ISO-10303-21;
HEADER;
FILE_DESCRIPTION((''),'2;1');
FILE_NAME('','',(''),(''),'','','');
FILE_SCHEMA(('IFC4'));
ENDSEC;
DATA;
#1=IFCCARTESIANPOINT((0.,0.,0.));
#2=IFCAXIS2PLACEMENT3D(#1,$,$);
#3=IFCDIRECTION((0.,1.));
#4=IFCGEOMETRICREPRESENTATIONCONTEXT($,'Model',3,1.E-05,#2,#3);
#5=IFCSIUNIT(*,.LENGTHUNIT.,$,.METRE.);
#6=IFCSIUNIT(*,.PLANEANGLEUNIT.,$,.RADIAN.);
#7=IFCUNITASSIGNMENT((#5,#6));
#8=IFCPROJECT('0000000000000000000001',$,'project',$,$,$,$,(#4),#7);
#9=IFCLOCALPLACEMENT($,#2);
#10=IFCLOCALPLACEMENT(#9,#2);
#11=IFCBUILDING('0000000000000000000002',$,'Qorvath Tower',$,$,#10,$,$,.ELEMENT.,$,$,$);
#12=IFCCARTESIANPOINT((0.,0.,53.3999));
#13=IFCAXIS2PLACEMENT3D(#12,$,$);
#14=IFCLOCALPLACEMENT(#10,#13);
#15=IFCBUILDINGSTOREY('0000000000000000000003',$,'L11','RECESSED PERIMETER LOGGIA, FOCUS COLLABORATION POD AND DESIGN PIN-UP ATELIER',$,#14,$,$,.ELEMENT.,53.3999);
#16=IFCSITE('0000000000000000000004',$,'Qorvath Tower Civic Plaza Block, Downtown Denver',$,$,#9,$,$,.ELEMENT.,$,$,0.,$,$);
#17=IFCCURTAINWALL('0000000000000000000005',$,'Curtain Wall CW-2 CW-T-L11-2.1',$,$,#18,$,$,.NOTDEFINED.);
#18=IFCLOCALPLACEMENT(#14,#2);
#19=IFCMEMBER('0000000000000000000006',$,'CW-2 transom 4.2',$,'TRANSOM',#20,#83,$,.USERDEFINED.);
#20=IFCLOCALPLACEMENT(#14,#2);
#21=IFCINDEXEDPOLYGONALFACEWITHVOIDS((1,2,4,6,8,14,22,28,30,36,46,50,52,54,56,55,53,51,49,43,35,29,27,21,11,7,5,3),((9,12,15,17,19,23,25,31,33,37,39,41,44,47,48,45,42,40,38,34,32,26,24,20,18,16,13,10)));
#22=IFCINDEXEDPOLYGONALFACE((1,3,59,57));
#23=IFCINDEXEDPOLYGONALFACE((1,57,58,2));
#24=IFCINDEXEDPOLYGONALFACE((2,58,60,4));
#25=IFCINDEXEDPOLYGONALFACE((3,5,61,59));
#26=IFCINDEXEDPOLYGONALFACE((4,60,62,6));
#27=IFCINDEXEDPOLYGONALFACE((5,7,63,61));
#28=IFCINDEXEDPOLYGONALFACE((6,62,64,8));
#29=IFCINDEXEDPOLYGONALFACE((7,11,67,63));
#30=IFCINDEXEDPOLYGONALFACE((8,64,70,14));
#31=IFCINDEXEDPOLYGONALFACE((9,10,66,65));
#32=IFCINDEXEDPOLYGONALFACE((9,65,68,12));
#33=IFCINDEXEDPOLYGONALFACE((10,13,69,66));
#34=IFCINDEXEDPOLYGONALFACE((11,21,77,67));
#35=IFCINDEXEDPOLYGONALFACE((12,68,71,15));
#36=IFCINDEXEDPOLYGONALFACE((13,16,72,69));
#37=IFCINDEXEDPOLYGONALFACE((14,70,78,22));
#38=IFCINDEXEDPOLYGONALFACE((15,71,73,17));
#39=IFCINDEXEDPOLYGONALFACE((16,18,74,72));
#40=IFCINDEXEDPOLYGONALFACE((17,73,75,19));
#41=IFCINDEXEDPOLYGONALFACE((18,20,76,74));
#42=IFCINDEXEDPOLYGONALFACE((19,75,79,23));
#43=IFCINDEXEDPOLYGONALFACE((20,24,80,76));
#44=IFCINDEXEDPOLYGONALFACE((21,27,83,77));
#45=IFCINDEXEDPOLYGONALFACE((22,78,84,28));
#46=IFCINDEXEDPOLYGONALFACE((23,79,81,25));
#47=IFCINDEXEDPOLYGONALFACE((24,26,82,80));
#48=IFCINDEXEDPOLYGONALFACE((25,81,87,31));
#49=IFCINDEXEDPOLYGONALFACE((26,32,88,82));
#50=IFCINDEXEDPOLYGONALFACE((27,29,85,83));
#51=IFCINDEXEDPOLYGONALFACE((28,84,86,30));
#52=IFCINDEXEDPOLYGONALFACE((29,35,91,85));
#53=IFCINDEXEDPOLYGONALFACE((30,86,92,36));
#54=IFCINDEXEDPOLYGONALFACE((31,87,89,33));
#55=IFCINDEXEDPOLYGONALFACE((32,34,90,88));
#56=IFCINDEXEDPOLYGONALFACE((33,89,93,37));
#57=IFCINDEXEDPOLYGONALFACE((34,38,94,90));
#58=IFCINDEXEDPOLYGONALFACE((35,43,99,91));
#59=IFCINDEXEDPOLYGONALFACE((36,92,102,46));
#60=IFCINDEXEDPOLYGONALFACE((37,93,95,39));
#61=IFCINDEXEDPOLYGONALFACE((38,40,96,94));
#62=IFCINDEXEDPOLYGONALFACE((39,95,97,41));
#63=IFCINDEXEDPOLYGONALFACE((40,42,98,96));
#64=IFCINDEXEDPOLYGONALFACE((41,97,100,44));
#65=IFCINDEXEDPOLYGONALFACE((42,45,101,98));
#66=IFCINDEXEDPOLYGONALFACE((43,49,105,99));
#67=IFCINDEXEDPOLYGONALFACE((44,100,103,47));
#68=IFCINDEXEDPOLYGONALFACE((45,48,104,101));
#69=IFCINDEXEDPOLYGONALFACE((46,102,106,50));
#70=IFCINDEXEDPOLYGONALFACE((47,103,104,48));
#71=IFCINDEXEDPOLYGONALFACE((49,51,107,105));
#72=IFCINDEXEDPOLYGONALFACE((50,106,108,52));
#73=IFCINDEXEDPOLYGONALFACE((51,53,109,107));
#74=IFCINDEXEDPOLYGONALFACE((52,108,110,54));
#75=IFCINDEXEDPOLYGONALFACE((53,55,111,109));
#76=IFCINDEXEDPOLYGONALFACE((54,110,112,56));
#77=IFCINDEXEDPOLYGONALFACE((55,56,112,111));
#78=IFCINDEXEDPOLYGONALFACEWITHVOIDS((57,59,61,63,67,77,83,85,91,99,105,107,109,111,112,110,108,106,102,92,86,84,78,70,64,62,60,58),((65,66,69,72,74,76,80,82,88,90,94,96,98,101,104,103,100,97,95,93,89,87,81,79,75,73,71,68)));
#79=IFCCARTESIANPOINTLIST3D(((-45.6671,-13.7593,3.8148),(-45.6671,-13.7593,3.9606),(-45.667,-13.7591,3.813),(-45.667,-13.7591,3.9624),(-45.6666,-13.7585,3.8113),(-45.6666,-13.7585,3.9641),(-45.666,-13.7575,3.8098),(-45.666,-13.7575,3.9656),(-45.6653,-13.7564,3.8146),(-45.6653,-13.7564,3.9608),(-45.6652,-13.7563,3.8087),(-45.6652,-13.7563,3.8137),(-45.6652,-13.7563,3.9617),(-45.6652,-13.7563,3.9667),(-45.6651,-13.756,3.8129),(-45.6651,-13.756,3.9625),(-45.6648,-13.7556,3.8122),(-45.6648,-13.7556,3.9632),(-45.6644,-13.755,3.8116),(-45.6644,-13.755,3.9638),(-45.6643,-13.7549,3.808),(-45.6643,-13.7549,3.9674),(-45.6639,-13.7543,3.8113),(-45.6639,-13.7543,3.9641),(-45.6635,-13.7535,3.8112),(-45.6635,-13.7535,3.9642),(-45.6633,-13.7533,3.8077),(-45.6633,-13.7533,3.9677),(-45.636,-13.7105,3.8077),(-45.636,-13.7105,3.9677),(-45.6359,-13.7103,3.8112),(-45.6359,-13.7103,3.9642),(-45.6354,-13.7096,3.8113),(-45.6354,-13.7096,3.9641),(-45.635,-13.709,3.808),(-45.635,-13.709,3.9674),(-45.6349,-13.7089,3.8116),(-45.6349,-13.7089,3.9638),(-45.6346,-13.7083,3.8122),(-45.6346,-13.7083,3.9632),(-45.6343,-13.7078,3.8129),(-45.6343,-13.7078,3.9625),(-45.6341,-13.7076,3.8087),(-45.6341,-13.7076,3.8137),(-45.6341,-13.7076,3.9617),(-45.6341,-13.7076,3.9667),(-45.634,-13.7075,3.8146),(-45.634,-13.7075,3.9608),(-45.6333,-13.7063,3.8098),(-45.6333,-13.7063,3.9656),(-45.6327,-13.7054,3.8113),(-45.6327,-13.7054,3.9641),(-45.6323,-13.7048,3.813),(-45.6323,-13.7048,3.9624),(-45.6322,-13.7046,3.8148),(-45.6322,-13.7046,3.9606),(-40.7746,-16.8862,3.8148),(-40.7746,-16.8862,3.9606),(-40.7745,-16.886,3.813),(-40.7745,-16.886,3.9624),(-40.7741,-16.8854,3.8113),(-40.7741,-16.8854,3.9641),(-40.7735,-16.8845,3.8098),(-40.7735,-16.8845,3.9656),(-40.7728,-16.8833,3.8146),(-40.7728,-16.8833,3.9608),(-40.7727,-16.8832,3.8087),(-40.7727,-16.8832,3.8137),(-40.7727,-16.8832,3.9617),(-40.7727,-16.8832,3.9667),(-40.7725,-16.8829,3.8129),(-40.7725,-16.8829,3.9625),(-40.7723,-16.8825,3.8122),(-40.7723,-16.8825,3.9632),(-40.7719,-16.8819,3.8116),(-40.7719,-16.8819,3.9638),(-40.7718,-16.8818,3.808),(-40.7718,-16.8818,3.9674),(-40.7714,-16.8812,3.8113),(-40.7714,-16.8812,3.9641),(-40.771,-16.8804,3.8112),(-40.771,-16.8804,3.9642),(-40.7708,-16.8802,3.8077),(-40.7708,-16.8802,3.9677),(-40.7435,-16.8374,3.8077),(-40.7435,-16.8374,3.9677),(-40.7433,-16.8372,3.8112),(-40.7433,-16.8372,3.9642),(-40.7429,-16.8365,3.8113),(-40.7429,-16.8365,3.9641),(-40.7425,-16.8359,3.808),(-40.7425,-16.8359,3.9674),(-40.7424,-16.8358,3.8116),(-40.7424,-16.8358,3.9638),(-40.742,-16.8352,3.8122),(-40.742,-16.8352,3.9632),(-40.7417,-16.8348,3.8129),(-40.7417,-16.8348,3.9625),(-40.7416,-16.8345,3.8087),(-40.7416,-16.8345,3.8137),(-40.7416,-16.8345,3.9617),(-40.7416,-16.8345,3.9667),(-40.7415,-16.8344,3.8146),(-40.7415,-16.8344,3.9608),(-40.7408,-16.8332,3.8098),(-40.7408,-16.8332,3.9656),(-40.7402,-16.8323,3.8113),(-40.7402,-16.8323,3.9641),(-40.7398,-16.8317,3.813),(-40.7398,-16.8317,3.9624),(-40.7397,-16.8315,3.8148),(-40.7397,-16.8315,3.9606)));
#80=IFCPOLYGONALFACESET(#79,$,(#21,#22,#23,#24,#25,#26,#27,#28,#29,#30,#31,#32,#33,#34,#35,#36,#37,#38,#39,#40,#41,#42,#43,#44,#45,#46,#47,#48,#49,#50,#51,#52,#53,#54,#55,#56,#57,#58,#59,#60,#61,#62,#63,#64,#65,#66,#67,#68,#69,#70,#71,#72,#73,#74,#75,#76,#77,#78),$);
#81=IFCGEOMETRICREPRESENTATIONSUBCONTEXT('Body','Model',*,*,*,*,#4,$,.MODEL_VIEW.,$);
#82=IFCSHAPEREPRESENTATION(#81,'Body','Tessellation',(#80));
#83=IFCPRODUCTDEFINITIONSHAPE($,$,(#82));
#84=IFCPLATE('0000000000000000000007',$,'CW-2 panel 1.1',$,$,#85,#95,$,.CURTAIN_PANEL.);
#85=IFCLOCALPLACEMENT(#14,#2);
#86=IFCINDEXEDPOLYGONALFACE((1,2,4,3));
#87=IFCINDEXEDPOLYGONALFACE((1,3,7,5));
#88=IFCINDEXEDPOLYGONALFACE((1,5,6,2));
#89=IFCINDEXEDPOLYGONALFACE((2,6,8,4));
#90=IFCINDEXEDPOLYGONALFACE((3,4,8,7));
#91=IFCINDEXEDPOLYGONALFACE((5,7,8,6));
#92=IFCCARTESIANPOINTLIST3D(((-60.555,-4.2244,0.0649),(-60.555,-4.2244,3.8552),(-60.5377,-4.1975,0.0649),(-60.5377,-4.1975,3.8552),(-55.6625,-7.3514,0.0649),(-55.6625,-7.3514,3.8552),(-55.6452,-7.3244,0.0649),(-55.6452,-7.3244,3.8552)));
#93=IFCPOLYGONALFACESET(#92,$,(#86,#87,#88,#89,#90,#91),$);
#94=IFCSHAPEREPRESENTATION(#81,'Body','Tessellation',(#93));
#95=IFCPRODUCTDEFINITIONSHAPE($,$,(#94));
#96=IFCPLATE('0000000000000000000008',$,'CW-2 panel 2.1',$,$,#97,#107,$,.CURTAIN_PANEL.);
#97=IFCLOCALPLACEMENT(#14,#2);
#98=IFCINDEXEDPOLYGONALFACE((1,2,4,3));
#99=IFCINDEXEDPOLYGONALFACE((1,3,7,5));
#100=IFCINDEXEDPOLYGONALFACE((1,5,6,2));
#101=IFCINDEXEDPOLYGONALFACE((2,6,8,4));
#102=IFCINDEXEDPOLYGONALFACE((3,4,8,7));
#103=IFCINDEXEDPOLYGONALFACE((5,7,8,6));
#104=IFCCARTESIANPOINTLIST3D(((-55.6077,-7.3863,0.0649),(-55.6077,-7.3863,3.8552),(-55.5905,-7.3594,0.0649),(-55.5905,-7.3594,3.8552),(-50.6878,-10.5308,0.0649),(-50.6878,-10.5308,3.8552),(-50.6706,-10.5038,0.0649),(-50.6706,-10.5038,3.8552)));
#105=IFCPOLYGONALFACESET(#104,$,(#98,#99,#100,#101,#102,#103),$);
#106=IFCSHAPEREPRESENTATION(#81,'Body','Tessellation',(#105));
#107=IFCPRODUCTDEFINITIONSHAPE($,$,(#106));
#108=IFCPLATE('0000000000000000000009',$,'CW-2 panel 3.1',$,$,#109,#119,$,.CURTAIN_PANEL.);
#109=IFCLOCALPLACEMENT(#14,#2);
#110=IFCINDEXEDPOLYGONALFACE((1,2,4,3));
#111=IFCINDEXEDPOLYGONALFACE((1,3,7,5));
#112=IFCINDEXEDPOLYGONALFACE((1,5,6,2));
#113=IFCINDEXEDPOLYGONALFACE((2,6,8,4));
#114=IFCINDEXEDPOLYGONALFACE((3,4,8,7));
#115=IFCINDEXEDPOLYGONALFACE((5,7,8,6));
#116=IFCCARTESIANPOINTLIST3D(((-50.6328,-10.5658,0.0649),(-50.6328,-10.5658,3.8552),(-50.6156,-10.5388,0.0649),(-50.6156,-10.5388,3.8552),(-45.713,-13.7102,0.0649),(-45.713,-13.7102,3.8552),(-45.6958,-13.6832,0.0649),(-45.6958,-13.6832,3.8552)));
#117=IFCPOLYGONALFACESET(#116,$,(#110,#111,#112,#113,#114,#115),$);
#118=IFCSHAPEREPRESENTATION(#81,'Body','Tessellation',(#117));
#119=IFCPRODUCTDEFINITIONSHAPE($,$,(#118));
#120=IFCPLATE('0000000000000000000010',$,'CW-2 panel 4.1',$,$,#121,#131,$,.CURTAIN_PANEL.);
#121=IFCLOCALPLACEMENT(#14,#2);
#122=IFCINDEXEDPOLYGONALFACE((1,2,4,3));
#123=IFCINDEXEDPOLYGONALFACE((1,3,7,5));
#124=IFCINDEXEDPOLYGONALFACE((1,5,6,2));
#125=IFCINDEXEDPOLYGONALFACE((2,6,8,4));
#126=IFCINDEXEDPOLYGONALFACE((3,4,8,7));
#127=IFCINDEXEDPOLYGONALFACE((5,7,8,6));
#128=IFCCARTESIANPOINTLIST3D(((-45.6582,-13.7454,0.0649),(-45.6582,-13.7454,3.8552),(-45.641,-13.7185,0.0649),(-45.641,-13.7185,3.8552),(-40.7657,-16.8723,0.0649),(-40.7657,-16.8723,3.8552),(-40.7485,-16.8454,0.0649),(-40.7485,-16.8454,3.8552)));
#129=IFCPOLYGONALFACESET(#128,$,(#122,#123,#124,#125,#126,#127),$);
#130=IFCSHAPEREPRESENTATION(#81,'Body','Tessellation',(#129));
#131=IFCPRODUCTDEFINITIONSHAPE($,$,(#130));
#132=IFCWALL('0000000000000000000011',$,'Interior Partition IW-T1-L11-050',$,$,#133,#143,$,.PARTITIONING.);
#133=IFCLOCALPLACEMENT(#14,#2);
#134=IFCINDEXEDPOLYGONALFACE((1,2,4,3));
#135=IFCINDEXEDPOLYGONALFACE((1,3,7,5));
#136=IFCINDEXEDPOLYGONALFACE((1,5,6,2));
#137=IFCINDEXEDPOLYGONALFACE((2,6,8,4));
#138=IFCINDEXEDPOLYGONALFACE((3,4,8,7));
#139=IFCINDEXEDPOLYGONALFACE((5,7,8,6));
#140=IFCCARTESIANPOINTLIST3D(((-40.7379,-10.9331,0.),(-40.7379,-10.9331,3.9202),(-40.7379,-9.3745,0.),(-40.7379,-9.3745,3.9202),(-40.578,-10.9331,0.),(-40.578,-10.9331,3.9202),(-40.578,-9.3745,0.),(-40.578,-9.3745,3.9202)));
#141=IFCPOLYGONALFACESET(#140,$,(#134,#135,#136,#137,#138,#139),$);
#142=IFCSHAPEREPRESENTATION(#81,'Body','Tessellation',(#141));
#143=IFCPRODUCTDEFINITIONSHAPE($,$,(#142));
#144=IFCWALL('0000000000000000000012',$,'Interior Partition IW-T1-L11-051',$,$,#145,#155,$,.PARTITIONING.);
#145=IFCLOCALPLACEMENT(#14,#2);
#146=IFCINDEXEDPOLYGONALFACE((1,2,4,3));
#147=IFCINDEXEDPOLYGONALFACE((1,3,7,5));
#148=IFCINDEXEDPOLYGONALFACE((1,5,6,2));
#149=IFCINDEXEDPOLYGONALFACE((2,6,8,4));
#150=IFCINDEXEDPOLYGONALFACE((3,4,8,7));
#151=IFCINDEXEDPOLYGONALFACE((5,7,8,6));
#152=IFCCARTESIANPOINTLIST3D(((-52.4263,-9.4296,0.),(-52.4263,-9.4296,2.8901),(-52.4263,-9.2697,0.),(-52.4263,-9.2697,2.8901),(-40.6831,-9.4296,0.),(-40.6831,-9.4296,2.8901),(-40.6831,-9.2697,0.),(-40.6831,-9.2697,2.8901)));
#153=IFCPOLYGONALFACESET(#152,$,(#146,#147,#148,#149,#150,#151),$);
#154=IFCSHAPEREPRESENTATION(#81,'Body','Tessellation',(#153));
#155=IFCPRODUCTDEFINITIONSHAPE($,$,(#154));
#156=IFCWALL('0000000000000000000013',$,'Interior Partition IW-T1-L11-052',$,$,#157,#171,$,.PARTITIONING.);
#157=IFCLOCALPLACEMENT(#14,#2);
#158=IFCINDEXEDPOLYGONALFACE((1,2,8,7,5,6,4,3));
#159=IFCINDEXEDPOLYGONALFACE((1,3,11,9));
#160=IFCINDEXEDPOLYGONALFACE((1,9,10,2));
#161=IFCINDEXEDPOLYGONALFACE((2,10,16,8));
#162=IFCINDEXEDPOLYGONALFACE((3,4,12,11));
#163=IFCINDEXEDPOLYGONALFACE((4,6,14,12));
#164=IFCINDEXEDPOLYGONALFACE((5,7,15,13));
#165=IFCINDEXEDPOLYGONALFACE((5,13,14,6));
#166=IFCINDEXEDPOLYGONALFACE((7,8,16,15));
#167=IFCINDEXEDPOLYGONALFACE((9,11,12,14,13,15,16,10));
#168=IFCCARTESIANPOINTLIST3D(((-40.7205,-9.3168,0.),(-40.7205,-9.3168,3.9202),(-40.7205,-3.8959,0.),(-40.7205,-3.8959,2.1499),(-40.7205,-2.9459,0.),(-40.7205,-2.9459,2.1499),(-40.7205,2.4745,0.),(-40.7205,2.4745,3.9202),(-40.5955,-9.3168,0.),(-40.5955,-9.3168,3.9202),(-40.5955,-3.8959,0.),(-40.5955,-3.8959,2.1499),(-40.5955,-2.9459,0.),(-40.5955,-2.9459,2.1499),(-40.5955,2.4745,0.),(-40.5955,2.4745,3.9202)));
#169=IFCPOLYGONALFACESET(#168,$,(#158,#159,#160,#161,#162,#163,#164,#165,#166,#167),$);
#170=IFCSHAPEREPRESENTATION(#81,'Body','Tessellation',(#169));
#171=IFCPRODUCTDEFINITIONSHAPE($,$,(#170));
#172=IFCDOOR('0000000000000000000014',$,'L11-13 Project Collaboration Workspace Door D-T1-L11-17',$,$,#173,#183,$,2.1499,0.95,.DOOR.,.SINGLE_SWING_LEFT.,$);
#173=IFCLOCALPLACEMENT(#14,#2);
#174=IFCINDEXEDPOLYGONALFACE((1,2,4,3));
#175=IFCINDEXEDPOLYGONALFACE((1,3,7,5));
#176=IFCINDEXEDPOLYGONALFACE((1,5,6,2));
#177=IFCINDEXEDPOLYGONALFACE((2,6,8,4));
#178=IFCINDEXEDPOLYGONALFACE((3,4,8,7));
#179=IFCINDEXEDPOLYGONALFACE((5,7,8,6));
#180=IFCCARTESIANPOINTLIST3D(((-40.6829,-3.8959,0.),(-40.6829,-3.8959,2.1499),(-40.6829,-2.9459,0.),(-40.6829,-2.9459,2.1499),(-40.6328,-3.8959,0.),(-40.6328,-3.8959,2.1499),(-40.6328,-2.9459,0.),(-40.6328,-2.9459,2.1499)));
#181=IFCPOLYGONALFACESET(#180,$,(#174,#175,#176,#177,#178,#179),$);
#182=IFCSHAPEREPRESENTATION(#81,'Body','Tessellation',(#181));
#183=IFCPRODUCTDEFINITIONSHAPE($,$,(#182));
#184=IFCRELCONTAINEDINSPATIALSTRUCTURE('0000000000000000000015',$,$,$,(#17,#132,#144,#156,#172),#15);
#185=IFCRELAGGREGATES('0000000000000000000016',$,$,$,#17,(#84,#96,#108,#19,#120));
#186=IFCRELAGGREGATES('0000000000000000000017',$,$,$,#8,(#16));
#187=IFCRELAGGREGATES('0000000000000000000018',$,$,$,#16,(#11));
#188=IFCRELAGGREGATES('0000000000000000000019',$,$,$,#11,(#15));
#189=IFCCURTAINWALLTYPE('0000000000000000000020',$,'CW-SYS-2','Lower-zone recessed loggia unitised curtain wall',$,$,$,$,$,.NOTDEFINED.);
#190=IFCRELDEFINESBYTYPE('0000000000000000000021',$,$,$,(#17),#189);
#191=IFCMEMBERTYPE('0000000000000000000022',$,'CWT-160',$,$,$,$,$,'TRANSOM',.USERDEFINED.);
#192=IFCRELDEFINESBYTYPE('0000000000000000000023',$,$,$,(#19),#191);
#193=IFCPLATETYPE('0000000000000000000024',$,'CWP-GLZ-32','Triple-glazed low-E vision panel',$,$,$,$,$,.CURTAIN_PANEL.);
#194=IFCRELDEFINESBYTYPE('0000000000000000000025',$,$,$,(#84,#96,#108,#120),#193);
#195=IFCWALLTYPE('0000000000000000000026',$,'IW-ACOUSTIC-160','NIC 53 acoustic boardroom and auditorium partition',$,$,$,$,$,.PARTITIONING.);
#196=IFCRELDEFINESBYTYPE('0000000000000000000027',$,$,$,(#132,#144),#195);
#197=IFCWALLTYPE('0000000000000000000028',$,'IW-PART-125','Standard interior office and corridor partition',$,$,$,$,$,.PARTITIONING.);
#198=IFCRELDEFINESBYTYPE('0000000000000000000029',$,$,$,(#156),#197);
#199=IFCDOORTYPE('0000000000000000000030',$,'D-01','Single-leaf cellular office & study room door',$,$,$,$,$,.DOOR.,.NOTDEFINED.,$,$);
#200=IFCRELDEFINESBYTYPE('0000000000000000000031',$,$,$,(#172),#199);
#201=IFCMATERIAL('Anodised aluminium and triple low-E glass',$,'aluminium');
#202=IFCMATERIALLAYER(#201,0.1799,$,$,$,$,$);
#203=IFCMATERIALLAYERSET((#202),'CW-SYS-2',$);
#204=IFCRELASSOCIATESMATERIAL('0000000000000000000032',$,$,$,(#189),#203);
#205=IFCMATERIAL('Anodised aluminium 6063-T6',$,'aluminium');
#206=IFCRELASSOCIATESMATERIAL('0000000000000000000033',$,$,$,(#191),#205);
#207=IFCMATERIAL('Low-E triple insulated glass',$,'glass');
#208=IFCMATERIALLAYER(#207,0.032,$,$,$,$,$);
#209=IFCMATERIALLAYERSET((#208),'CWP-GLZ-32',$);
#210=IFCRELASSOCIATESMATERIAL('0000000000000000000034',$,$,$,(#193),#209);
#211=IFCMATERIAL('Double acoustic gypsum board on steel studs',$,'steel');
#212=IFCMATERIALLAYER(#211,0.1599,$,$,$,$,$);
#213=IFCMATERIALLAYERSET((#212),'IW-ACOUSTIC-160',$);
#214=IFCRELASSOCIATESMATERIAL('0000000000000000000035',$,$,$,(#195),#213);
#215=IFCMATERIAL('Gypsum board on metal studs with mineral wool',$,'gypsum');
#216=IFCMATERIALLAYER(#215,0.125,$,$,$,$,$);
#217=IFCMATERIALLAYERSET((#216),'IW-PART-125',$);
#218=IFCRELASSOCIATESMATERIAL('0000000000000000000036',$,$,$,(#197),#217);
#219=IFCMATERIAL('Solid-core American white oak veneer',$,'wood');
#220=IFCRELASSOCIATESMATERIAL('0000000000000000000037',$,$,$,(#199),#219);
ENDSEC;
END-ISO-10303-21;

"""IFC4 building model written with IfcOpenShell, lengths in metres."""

from ifc_helpers import new_model, si_unit, direction, frame, frame_2d, origin, origin_2d, place, context, subcontext, project, spatial, rectangle, hollow_rectangle, extrude, material, layer, layer_set, material_profile, profile_set, type_object, element, fill, aggregate, save


model = new_model("IFC4")

# Units and contexts
model_context = context("Model", 3, precision=1e-05, world=origin(), true_north=direction((0.0, 1.0)))
body_context = subcontext(model_context, "Body", "Model", "MODEL_VIEW")
ifc_project = project(units=[si_unit("LENGTHUNIT", "METRE"), si_unit("PLANEANGLEUNIT", "RADIAN")], contexts=[model_context])

# Site, building, storey
site_placement = place(None, origin())
site = spatial("IfcSite", under=ifc_project, at=site_placement, Name="Qorvath Tower Civic Plaza Block, Downtown Denver", CompositionType="ELEMENT", RefElevation=0.0)
building_placement = place(site_placement, origin())
building = spatial("IfcBuilding", under=site, at=building_placement, Name="Qorvath Tower", CompositionType="ELEMENT")
storey_placement = place(building_placement, frame((0.0, 0.0, 53.3999)))
storey = spatial("IfcBuildingStorey", under=building, at=storey_placement, Name="L11", Description="RECESSED PERIMETER LOGGIA, FOCUS COLLABORATION POD AND DESIGN PIN-UP ATELIER", CompositionType="ELEMENT", Elevation=53.3999)

# Curtain wall
ifc_material_1 = material(Name="Anodised aluminium and triple low-E glass", Category="aluminium")
ifc_layer_1 = layer(ifc_material_1, 0.1799)
ifc_layer_set_1 = layer_set([ifc_layer_1], Name="CW-SYS-2")
curtain_wall_type = type_object("IfcCurtainWallType", Name="CW-SYS-2", Description="Lower-zone recessed loggia unitised curtain wall", PredefinedType="NOTDEFINED", material=ifc_layer_set_1)
curtain_wall_1_placement = place(storey_placement, origin())
curtain_wall_1 = element("IfcCurtainWall", 1, at=curtain_wall_1_placement, inside=storey, type_object=curtain_wall_type, Name="Curtain Wall CW-2 CW-T-L11-2.1", PredefinedType="NOTDEFINED")

# Member
ifc_material_2 = material(Name="Anodised aluminium 6063-T6", Category="aluminium")
ifc_material_profile_1 = material_profile(ifc_material_2, hollow_rectangle(XDim=0.0649, YDim=0.1599, WallThickness=0.0034, InnerFilletRadius=0.0034, OuterFilletRadius=0.0071, at=origin_2d()), Name="CWT 160x65")
ifc_profile_set_1 = profile_set([ifc_material_profile_1], Name="Anodised aluminium 6063-T6")
member_type_1 = type_object("IfcMemberType", Name="CWT-160", ElementType="TRANSOM", PredefinedType="USERDEFINED", material=ifc_profile_set_1)
member_1_placement = place(storey_placement, frame((-45.6497, -13.7319, 3.8877), z_axis=(0.842607, -0.538529, 0.0), x_axis=(0.538529, 0.842607, 0.0)))
member_1 = element("IfcMember", 2, at=member_1_placement, type_object=member_type_1, Name="CW-2 transom 4.2", ObjectType="TRANSOM", PredefinedType="USERDEFINED", context=body_context, shape_type="SweptSolid", body=[
    extrude(hollow_rectangle(XDim=0.0649, YDim=0.1599, WallThickness=0.0034, InnerFilletRadius=0.0034, OuterFilletRadius=0.0071, at=origin_2d()), origin(), (0.0, 0.0, 1.0), 5.8064),
])

# Plates
ifc_material_3 = material(Name="Low-E triple insulated glass", Category="glass")
ifc_layer_2 = layer(ifc_material_3, 0.032)
ifc_layer_set_2 = layer_set([ifc_layer_2], Name="CWP-GLZ-32")
plate_type = type_object("IfcPlateType", Name="CWP-GLZ-32", Description="Triple-glazed low-E vision panel", PredefinedType="CURTAIN_PANEL", material=ifc_layer_set_2)
plate_1_placement = place(storey_placement, frame((-58.1001, -5.7744, 0.0649), z_axis=(0.0, 0.0, 1.0), x_axis=(0.842605, -0.538532, 0.0)))
plate_1 = element("IfcPlate", 3, at=plate_1_placement, type_object=plate_type, Name="CW-2 panel 1.1", PredefinedType="CURTAIN_PANEL", context=body_context, shape_type="SweptSolid", body=[
    extrude(rectangle(XDim=5.8064, YDim=0.032, at=origin_2d()), origin(), (0.0, 0.0, 1.0), 3.7903),
])
plate_2_placement = place(storey_placement, frame((-53.1392, -8.9451, 0.0649), z_axis=(0.0, 0.0, 1.0), x_axis=(0.842605, -0.538532, 0.0)))
plate_2 = element("IfcPlate", 4, at=plate_2_placement, type_object=plate_type, Name="CW-2 panel 2.1", PredefinedType="CURTAIN_PANEL", context=body_context, shape_type="SweptSolid", body=[
    extrude(rectangle(XDim=5.8389, YDim=0.032, at=origin_2d()), origin(), (0.0, 0.0, 1.0), 3.7903),
])
plate_3_placement = place(storey_placement, frame((-48.1643, -12.1245, 0.0649), z_axis=(0.0, 0.0, 1.0), x_axis=(0.842605, -0.538532, 0.0)))
plate_3 = element("IfcPlate", 5, at=plate_3_placement, type_object=plate_type, Name="CW-2 panel 3.1", PredefinedType="CURTAIN_PANEL", context=body_context, shape_type="SweptSolid", body=[
    extrude(rectangle(XDim=5.8389, YDim=0.032, at=origin_2d()), origin(), (0.0, 0.0, 1.0), 3.7903),
])
plate_4_placement = place(storey_placement, frame((-43.2034, -15.2954, 0.0649), z_axis=(0.0, 0.0, 1.0), x_axis=(0.842605, -0.538532, 0.0)))
plate_4 = element("IfcPlate", 6, at=plate_4_placement, type_object=plate_type, Name="CW-2 panel 4.1", PredefinedType="CURTAIN_PANEL", context=body_context, shape_type="SweptSolid", body=[
    extrude(rectangle(XDim=5.8064, YDim=0.032, at=origin_2d()), origin(), (0.0, 0.0, 1.0), 3.7903),
])
aggregate(curtain_wall_1, [plate_1, plate_2, plate_3, member_1, plate_4])

# Walls
ifc_material_4 = material(Name="Double acoustic gypsum board on steel studs", Category="steel")
ifc_layer_3 = layer(ifc_material_4, 0.1599)
ifc_layer_set_3 = layer_set([ifc_layer_3], Name="IW-ACOUSTIC-160")
wall_type_1 = type_object("IfcWallType", Name="IW-ACOUSTIC-160", Description="NIC 53 acoustic boardroom and auditorium partition", PredefinedType="PARTITIONING", material=ifc_layer_set_3)
wall_1_placement = place(storey_placement, frame((-40.658, -10.9331, 0.0), z_axis=(0.0, 0.0, 1.0), x_axis=(0.0, 1.0, 0.0)))
element("IfcWall", 7, at=wall_1_placement, inside=storey, type_object=wall_type_1, Name="Interior Partition IW-T1-L11-050", PredefinedType="PARTITIONING", context=body_context, shape_type="SweptSolid", body=[
    extrude(rectangle(XDim=1.5586, YDim=0.1599, at=frame_2d((0.7793, 0.0))), origin(), (0.0, 0.0, 1.0), 3.9202),
])
wall_2_placement = place(storey_placement, frame((-40.6831, -9.3496, 0.0), z_axis=(0.0, 0.0, 1.0), x_axis=(-1.0, 0.0, 0.0)))
element("IfcWall", 8, at=wall_2_placement, inside=storey, type_object=wall_type_1, Name="Interior Partition IW-T1-L11-051", PredefinedType="PARTITIONING", context=body_context, shape_type="SweptSolid", body=[
    extrude(rectangle(XDim=11.7432, YDim=0.1599, at=frame_2d((5.8716, 0.0))), origin(), (0.0, 0.0, 1.0), 2.8901),
])

# Wall, opening, door
ifc_material_5 = material(Name="Gypsum board on metal studs with mineral wool", Category="gypsum")
ifc_layer_4 = layer(ifc_material_5, 0.125)
ifc_layer_set_4 = layer_set([ifc_layer_4], Name="IW-PART-125")
wall_type_2 = type_object("IfcWallType", Name="IW-PART-125", Description="Standard interior office and corridor partition", PredefinedType="PARTITIONING", material=ifc_layer_set_4)
wall_3_placement = place(storey_placement, frame((-40.658, -9.3167, 0.0), z_axis=(0.0, 0.0, 1.0), x_axis=(0.0, 1.0, 0.0)))
wall_3 = element("IfcWall", 9, at=wall_3_placement, inside=storey, type_object=wall_type_2, Name="Interior Partition IW-T1-L11-052", PredefinedType="PARTITIONING", context=body_context, shape_type="SweptSolid", body=[
    extrude(rectangle(XDim=11.7913, YDim=0.125, at=frame_2d((5.8955, 0.0))), origin(), (0.0, 0.0, 1.0), 3.9202),
])
opening_1_placement = place(wall_3_placement, frame((5.4207, 0.0, 0.0)))
opening_1 = element("IfcOpeningElement", 10, at=opening_1_placement, cuts=wall_3, PredefinedType="OPENING", context=body_context, shape_type="SweptSolid", body=[
    extrude(rectangle(XDim=0.95, YDim=2.1499, at=frame_2d((0.4751, 1.075))), frame((0.0, 0.0725, 0.0), z_axis=(0.0, -1.0, 0.0), x_axis=(1.0, 0.0, 0.0)), (0.0, 0.0, 1.0), 0.145),
])
ifc_material_6 = material(Name="Solid-core American white oak veneer", Category="wood")
door_type_1 = type_object("IfcDoorType", Name="D-01", Description="Single-leaf cellular office & study room door", OperationType="NOTDEFINED", PredefinedType="DOOR", material=ifc_material_6)
door_1_placement = place(opening_1_placement, origin())
door_1 = element("IfcDoor", 11, at=door_1_placement, inside=storey, type_object=door_type_1, Name="L11-13 Project Collaboration Workspace Door D-T1-L11-17", OperationType="SINGLE_SWING_LEFT", OverallHeight=2.1499, OverallWidth=0.95, PredefinedType="DOOR", context=body_context, shape_type="SweptSolid", body=[
    extrude(rectangle(XDim=0.95, YDim=2.1499, at=frame_2d((0.4751, 1.075))), frame((0.0, 0.0249, 0.0), z_axis=(0.0, -1.0, 0.0), x_axis=(1.0, 0.0, 0.0)), (0.0, 0.0, 1.0), 0.05),
])
fill(opening_1, door_1)

save(model, "model.ifc")
